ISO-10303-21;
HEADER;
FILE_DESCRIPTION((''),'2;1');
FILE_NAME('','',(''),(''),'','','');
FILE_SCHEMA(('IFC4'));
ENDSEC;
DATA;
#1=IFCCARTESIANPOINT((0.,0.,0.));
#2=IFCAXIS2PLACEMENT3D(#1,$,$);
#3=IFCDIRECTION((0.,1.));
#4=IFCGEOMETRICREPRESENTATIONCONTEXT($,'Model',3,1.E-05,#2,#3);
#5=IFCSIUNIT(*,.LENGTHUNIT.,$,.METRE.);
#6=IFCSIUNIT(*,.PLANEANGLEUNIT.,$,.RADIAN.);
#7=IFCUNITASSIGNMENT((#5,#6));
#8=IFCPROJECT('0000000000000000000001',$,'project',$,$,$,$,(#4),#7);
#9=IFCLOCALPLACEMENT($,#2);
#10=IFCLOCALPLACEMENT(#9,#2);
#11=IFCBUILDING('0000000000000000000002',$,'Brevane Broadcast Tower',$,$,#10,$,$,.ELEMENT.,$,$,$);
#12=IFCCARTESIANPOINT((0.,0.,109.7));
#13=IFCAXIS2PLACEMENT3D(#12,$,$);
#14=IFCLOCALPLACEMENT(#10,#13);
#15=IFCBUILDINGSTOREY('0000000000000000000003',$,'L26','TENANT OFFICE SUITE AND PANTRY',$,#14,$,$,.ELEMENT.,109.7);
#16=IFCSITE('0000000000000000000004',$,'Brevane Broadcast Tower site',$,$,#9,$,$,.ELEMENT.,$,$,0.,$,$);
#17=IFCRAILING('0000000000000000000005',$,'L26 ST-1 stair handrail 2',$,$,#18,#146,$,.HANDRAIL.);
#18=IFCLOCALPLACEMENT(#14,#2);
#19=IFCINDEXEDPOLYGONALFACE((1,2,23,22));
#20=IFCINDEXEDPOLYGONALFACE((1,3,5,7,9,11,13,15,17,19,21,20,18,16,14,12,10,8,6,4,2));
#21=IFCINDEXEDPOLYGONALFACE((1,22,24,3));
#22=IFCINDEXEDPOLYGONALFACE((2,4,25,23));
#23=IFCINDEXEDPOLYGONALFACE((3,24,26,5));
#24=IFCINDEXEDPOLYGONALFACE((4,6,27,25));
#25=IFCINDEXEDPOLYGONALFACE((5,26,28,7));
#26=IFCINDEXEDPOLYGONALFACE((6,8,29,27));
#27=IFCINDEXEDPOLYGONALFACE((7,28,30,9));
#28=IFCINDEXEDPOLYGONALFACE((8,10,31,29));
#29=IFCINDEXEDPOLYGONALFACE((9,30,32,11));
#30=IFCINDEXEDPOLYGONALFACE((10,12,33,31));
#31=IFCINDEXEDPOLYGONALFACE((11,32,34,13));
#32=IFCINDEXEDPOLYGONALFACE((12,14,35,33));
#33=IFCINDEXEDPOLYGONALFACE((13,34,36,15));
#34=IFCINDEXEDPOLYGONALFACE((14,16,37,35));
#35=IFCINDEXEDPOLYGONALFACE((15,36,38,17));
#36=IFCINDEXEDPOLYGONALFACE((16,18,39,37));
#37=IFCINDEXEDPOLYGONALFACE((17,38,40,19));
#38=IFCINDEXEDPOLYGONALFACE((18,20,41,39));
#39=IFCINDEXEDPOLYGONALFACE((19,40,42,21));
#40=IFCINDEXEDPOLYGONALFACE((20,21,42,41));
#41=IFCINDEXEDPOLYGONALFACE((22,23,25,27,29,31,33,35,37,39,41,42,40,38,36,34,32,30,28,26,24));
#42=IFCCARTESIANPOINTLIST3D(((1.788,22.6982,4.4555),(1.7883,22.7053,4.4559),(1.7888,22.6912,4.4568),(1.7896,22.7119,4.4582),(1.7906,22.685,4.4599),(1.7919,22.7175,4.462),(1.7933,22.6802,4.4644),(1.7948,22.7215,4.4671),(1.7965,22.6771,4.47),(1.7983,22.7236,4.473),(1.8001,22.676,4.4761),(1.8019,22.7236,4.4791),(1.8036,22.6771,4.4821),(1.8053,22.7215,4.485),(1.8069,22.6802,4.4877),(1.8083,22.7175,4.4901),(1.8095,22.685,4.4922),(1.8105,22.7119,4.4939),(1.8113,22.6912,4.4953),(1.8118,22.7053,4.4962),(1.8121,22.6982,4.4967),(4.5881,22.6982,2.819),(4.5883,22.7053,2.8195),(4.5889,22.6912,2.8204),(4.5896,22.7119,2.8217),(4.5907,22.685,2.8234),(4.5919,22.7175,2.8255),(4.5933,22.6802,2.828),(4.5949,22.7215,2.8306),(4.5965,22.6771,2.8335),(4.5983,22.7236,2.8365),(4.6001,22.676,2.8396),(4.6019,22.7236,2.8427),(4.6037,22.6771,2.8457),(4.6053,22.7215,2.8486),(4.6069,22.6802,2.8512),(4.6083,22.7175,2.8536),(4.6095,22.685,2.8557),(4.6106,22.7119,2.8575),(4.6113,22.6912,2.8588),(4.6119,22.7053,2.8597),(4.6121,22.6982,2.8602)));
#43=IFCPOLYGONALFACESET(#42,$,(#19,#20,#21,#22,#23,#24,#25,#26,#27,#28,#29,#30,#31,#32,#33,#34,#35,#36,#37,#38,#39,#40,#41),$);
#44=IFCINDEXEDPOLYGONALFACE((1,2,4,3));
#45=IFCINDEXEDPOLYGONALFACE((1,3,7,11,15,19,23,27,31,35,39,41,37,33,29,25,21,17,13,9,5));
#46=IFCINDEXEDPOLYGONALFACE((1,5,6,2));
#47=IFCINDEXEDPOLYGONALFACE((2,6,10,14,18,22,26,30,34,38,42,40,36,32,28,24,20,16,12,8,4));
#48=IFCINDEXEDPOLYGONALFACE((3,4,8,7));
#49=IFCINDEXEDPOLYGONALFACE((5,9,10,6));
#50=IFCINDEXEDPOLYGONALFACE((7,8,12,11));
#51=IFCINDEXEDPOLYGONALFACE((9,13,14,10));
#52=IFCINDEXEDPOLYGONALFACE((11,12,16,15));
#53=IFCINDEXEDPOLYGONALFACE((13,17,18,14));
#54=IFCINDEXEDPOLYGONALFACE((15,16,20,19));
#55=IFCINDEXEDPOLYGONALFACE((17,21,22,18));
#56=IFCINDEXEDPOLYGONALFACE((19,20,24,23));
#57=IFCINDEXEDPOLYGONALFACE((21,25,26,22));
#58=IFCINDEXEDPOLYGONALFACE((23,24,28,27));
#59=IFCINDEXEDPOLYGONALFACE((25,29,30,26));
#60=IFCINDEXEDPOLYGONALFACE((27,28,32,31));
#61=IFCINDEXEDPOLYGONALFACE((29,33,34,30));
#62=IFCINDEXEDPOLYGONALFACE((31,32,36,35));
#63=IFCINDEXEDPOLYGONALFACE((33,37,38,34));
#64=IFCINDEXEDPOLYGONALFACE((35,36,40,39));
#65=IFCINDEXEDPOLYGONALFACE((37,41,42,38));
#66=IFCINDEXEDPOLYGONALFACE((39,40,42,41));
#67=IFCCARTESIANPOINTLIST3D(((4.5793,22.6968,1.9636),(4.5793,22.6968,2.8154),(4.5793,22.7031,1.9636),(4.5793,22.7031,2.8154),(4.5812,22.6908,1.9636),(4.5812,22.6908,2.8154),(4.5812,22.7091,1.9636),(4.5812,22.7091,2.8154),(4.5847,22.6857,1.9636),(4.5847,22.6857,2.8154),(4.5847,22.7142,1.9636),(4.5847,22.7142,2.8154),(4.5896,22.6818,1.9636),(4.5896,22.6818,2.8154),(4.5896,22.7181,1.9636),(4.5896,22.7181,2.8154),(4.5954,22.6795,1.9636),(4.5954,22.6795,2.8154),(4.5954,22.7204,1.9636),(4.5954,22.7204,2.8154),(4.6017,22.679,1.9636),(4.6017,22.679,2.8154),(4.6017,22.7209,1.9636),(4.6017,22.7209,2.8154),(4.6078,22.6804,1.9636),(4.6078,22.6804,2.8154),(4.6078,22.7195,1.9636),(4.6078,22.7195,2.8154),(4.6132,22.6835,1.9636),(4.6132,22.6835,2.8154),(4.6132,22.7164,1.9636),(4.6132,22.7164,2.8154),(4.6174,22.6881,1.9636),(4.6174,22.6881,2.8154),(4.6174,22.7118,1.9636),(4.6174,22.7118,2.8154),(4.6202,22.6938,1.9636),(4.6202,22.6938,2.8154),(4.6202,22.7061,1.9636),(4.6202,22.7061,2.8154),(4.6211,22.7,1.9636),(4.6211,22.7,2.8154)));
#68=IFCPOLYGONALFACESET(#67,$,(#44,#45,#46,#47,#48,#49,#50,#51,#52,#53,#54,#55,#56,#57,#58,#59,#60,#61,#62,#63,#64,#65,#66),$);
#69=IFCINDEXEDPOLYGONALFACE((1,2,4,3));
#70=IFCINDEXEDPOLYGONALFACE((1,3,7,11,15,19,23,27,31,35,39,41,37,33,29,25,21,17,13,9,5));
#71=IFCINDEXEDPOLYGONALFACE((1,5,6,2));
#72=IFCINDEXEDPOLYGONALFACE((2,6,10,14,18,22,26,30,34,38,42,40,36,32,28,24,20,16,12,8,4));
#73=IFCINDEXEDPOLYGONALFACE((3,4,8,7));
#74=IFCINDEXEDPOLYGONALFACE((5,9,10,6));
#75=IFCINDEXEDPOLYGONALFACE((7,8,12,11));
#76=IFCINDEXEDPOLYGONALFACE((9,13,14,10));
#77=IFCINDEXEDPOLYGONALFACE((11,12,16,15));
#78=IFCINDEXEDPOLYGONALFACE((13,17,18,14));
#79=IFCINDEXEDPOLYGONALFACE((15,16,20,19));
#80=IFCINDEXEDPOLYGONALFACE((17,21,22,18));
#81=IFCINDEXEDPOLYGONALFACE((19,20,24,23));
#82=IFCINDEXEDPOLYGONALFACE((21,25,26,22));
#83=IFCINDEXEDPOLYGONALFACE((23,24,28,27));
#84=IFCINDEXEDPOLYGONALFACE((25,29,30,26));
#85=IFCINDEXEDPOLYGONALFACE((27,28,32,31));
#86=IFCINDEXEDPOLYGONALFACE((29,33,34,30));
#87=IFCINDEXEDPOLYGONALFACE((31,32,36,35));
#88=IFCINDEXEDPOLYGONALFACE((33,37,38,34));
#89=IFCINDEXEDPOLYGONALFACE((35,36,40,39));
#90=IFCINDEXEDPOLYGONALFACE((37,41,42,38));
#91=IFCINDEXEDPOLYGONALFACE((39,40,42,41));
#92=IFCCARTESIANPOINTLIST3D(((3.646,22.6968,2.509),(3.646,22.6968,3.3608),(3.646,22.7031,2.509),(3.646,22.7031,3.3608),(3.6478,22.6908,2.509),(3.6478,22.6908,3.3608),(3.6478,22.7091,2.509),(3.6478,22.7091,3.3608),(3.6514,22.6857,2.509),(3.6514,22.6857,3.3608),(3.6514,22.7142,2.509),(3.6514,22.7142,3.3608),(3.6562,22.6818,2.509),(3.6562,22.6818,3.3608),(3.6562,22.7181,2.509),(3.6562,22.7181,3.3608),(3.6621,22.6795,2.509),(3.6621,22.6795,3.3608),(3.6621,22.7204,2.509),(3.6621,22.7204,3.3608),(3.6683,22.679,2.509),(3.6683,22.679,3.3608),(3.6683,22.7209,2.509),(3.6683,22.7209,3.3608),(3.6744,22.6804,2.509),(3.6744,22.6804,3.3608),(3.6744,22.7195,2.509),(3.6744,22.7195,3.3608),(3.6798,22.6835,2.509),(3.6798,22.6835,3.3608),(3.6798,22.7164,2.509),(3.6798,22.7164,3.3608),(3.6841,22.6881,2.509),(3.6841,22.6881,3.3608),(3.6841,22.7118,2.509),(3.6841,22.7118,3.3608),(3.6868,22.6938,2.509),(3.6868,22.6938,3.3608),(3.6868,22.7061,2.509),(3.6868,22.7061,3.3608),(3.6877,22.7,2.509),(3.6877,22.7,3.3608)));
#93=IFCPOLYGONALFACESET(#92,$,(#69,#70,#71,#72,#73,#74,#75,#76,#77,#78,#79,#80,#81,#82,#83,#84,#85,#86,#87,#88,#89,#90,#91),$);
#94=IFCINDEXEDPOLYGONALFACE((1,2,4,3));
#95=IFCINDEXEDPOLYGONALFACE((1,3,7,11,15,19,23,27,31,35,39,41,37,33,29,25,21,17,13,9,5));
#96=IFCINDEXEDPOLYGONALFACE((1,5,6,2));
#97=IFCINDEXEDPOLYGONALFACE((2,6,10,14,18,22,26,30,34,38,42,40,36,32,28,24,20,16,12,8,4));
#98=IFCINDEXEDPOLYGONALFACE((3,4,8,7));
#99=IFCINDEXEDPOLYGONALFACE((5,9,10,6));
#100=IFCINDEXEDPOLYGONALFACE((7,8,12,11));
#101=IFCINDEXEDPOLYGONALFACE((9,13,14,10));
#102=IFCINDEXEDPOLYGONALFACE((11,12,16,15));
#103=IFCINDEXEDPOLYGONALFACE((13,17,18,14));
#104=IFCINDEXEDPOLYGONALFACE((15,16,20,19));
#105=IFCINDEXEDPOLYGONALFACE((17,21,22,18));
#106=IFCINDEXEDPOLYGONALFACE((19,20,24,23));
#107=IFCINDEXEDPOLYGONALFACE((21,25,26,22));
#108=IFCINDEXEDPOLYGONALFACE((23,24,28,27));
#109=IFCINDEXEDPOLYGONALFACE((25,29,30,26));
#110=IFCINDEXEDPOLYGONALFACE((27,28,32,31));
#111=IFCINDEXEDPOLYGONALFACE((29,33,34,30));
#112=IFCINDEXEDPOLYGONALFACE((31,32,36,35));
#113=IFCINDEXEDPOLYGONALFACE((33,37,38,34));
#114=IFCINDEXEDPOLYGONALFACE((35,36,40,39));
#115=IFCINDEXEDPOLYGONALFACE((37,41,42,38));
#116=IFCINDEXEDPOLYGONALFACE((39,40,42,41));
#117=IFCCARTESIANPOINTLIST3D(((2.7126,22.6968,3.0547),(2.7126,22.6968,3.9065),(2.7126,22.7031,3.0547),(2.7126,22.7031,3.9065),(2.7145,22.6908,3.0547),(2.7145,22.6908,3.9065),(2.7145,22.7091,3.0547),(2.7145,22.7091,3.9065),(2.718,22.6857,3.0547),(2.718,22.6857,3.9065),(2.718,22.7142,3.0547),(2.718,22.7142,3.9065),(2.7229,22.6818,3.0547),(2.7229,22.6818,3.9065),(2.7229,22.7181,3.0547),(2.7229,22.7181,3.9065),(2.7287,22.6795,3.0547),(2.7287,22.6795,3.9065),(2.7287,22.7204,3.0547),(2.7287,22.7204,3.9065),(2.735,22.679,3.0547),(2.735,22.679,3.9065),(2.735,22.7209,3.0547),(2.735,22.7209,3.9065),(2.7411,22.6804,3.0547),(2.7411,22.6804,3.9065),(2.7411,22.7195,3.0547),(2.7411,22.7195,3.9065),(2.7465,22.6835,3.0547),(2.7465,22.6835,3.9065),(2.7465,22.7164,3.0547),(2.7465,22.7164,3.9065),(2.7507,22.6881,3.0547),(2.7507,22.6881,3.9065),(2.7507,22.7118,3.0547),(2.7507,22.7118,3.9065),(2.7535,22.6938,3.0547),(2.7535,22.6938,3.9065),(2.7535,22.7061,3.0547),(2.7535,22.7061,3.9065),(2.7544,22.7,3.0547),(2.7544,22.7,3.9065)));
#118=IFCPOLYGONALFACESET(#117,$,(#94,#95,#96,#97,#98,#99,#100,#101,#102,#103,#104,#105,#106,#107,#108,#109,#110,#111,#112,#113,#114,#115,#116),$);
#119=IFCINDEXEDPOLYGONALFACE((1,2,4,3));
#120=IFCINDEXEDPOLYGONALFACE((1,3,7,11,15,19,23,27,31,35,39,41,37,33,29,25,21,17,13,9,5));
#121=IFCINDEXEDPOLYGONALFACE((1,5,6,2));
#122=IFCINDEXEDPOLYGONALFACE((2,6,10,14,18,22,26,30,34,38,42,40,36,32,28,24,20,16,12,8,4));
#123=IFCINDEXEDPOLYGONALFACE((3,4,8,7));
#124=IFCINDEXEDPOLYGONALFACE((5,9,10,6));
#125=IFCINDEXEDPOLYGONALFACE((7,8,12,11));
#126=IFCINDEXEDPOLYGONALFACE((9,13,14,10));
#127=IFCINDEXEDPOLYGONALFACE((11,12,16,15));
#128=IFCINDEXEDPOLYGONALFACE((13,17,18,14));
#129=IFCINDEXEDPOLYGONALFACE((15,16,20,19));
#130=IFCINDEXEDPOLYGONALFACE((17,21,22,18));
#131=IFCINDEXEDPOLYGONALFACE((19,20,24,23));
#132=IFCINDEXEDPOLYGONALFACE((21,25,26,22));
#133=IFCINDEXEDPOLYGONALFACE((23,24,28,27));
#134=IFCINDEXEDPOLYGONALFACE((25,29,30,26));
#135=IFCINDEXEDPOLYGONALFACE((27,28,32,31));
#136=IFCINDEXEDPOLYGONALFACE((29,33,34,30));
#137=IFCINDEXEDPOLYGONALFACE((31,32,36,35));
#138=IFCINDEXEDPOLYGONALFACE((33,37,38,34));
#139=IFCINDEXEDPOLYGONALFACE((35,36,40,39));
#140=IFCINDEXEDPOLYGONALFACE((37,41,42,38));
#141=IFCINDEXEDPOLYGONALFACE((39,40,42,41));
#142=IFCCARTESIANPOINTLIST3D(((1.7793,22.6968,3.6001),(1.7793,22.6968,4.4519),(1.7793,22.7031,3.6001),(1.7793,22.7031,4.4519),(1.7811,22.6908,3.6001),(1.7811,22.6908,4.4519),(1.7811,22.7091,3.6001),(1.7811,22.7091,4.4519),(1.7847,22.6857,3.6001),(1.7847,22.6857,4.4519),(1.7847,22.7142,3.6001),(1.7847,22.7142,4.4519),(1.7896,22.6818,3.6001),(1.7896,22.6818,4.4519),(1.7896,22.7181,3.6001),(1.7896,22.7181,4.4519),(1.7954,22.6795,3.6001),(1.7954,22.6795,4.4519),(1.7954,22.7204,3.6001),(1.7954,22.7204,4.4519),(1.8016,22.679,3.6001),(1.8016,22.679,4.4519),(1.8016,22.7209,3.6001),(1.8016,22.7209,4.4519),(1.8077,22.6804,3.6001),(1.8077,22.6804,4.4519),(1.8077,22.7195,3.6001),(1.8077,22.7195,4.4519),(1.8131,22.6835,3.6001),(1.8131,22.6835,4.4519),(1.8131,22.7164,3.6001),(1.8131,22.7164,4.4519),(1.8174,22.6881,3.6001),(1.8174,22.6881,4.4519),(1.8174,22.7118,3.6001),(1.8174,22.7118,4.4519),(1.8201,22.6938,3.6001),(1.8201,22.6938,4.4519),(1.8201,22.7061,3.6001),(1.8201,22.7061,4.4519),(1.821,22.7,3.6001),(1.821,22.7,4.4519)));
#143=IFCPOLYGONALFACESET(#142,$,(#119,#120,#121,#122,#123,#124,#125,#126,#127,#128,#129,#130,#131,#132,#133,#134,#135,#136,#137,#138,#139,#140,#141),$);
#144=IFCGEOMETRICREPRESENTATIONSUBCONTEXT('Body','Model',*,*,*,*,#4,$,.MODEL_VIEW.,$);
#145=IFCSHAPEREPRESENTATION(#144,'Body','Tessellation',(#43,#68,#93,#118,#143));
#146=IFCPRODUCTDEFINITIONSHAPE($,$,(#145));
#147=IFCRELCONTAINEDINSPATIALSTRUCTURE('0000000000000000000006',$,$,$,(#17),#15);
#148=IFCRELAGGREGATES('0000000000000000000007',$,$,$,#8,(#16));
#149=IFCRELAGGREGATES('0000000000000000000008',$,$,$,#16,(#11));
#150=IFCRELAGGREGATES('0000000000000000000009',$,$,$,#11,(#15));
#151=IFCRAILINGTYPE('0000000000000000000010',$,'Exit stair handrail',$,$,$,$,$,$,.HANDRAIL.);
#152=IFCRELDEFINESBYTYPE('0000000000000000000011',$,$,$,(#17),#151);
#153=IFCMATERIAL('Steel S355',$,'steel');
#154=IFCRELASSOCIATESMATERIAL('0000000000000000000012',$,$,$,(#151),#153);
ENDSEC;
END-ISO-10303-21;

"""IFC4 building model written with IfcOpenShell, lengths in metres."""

from ifc_helpers import new_model, si_unit, direction, frame, origin, origin_2d, place, context, subcontext, project, spatial, circle, extrude, material, type_object, element, save


model = new_model("IFC4")

# Units and contexts
model_context = context("Model", 3, precision=1e-05, world=origin(), true_north=direction((0.0, 1.0)))
body_context = subcontext(model_context, "Body", "Model", "MODEL_VIEW")
ifc_project = project(units=[si_unit("LENGTHUNIT", "METRE"), si_unit("PLANEANGLEUNIT", "RADIAN")], contexts=[model_context])

# Site, building, storey
site_placement = place(None, origin())
site = spatial("IfcSite", under=ifc_project, at=site_placement, Name="Brevane Broadcast Tower site", CompositionType="ELEMENT", RefElevation=0.0)
building_placement = place(site_placement, origin())
building = spatial("IfcBuilding", under=site, at=building_placement, Name="Brevane Broadcast Tower", CompositionType="ELEMENT")
storey_placement = place(building_placement, frame((0.0, 0.0, 109.7)))
storey = spatial("IfcBuildingStorey", under=building, at=storey_placement, Name="L26", Description="TENANT OFFICE SUITE AND PANTRY", CompositionType="ELEMENT", Elevation=109.7)

# Railing
ifc_material_1 = material(Name="Steel S355", Category="steel")
railing_type = type_object("IfcRailingType", Name="Exit stair handrail", PredefinedType="HANDRAIL", material=ifc_material_1)
railing_placement = place(storey_placement, frame((4.6001, 22.7, 1.9636)))
element("IfcRailing", 1, at=railing_placement, inside=storey, type_object=railing_type, Name="L26 ST-1 stair handrail 2", PredefinedType="HANDRAIL", context=body_context, shape_type="SweptSolid", body=[
    extrude(circle(Radius=0.0239, at=origin_2d()), frame((0.0, 0.0, 0.876), z_axis=(-0.863361, 0.0, 0.504587), x_axis=(0.0, -1.0, 0.0)), (0.0, 0.0, 1.0), 3.2432),
    extrude(circle(Radius=0.021, at=origin_2d()), origin(), (0.0, 0.0, 1.0), 0.8518),
    extrude(circle(Radius=0.021, at=origin_2d()), frame((-0.9333, 0.0, 0.5454)), (0.0, 0.0, 1.0), 0.8518),
    extrude(circle(Radius=0.021, at=origin_2d()), frame((-1.8667, 0.0, 1.0911)), (0.0, 0.0, 1.0), 0.8518),
    extrude(circle(Radius=0.021, at=origin_2d()), frame((-2.8, 0.0, 1.6365)), (0.0, 0.0, 1.0), 0.8518),
])

save(model, "model.ifc")
